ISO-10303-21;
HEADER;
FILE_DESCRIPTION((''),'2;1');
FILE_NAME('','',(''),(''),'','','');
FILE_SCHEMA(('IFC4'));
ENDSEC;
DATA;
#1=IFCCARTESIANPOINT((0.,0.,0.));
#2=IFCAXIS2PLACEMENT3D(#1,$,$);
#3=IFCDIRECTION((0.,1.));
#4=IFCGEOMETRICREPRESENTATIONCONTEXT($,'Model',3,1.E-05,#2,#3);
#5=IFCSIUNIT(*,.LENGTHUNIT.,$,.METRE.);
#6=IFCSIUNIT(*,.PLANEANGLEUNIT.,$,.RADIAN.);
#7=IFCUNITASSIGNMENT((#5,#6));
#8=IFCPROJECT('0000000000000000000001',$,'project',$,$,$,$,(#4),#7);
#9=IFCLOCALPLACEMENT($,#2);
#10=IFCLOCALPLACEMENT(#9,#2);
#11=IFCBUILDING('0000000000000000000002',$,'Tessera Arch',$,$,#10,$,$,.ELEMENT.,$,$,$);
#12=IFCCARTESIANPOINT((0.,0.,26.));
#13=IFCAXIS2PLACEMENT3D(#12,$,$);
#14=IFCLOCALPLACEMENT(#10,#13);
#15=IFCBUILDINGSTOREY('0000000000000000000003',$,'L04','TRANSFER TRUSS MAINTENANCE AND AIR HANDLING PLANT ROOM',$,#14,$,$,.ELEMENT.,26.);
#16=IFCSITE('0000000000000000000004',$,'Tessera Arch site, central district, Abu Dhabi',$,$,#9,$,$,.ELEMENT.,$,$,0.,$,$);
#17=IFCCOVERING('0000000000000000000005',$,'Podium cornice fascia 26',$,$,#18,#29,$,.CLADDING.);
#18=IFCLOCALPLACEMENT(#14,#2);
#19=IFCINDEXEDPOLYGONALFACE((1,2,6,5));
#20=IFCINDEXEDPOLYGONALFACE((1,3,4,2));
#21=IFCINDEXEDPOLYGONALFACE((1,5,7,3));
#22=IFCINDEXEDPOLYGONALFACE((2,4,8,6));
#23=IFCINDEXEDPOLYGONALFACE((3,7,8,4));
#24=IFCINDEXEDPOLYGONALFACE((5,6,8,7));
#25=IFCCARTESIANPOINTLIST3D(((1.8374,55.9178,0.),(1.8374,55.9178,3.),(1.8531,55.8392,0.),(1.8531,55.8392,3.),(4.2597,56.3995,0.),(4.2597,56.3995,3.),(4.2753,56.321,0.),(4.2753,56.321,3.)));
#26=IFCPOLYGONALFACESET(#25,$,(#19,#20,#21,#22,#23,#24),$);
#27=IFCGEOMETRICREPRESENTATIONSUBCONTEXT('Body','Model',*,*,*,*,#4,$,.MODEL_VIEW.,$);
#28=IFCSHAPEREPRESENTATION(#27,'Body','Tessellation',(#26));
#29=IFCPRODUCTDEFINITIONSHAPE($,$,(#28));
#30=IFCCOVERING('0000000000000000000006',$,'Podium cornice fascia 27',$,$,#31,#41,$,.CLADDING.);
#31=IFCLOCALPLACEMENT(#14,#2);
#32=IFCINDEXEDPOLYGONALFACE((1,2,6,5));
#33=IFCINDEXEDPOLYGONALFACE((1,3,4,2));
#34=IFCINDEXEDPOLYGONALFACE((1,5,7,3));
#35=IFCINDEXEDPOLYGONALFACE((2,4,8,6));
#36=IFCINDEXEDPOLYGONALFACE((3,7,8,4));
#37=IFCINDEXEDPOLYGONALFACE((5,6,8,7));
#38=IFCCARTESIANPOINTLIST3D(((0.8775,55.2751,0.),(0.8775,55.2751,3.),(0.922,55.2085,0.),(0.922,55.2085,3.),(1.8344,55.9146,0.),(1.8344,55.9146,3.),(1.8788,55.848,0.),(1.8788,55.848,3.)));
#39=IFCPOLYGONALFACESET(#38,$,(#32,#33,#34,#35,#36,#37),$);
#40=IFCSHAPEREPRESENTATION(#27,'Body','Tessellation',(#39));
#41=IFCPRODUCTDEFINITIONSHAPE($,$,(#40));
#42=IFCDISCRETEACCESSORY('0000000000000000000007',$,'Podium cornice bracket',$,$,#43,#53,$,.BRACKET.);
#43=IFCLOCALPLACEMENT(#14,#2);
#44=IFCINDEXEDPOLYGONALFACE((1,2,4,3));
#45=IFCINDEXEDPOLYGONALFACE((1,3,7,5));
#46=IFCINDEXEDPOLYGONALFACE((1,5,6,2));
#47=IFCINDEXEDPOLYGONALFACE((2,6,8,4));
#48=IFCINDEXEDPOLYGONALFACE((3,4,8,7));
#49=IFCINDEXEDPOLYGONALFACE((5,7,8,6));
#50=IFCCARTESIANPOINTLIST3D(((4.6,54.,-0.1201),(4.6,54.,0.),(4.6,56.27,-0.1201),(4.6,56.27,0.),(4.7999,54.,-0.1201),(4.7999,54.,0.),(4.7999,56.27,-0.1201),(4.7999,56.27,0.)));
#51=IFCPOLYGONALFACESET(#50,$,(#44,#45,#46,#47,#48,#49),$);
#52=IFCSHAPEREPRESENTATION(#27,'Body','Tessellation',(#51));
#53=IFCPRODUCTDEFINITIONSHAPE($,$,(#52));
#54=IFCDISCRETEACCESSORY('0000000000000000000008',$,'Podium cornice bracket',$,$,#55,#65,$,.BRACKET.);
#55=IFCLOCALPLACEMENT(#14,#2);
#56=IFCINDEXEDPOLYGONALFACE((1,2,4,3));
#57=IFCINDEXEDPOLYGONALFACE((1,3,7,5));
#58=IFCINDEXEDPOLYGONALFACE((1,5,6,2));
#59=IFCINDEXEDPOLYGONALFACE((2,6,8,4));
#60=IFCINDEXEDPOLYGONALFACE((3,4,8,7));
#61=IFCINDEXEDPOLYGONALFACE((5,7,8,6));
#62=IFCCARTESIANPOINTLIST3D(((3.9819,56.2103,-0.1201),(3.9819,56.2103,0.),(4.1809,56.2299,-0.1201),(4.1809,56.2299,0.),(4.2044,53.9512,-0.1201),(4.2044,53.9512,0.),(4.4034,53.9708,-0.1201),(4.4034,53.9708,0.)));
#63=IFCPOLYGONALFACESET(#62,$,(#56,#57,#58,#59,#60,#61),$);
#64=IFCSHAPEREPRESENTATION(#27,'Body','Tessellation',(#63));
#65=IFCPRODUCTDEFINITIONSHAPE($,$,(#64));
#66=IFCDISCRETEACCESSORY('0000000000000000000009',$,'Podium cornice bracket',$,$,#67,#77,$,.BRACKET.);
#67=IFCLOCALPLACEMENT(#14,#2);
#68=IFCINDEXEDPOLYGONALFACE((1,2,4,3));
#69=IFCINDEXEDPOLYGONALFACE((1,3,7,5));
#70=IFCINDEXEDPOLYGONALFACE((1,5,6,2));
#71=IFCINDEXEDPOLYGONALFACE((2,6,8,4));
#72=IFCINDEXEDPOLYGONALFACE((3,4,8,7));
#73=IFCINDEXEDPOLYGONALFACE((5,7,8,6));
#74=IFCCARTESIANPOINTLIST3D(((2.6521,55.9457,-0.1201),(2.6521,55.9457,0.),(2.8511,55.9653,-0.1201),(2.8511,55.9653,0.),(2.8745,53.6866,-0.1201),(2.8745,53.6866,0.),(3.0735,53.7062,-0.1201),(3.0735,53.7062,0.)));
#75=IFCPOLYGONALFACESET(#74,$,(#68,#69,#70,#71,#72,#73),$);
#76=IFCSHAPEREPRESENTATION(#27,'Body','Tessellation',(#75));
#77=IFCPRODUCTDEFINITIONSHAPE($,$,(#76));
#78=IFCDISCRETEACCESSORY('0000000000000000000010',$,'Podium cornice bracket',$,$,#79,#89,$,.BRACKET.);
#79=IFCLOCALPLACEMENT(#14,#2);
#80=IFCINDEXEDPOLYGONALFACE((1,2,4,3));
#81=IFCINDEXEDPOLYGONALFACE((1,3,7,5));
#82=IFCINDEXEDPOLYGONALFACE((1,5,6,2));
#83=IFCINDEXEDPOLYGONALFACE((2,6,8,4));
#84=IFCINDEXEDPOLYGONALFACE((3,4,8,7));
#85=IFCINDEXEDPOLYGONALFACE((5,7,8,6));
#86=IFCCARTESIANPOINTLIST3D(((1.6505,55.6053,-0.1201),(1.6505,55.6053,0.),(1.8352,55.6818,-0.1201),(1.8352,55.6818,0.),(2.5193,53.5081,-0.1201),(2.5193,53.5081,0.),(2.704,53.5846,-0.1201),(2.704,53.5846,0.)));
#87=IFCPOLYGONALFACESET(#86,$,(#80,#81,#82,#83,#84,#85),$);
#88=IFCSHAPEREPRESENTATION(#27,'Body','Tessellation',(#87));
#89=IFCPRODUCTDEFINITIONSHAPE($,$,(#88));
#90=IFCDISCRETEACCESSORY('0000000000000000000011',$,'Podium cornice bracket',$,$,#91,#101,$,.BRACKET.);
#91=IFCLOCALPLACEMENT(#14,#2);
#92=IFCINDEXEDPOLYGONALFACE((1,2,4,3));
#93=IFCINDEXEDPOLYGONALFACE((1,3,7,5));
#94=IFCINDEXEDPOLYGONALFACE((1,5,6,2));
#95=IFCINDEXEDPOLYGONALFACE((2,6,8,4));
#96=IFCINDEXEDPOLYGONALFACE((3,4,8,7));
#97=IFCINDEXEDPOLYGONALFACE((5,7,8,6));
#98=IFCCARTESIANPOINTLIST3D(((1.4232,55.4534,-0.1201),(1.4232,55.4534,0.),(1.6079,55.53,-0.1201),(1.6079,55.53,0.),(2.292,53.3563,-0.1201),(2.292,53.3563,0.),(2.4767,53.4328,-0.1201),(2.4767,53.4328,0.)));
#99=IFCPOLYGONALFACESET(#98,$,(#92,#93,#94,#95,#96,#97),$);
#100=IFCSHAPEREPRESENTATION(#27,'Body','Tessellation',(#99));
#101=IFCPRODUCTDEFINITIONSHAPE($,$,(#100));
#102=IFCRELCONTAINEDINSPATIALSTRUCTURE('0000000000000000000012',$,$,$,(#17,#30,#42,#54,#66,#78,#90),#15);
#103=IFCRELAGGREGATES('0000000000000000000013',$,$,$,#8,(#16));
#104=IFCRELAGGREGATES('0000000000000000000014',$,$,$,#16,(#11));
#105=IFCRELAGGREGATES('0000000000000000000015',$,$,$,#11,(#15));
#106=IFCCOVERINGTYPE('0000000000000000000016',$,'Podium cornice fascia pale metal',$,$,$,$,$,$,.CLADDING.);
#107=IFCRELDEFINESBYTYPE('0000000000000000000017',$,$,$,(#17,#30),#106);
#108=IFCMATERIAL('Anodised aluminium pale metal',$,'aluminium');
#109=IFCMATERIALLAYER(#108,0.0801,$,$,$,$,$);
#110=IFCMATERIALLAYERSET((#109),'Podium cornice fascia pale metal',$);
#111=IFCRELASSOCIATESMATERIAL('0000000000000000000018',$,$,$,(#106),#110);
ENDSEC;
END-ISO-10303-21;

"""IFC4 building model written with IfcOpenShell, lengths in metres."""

from ifc_helpers import new_model, si_unit, direction, frame, origin, origin_2d, place, context, subcontext, project, spatial, rectangle, extrude, material, layer, layer_set, type_object, element, save


model = new_model("IFC4")

# Units and contexts
model_context = context("Model", 3, precision=1e-05, world=origin(), true_north=direction((0.0, 1.0)))
body_context = subcontext(model_context, "Body", "Model", "MODEL_VIEW")
ifc_project = project(units=[si_unit("LENGTHUNIT", "METRE"), si_unit("PLANEANGLEUNIT", "RADIAN")], contexts=[model_context])

# Site, building, storey
site_placement = place(None, origin())
site = spatial("IfcSite", under=ifc_project, at=site_placement, Name="Tessera Arch site, central district, Abu Dhabi", CompositionType="ELEMENT", RefElevation=0.0)
building_placement = place(site_placement, origin())
building = spatial("IfcBuilding", under=site, at=building_placement, Name="Tessera Arch", CompositionType="ELEMENT")
storey_placement = place(building_placement, frame((0.0, 0.0, 26.0)))
storey = spatial("IfcBuildingStorey", under=building, at=storey_placement, Name="L04", Description="TRANSFER TRUSS MAINTENANCE AND AIR HANDLING PLANT ROOM", CompositionType="ELEMENT", Elevation=26.0)

# Coverings
ifc_material_1 = material(Name="Anodised aluminium pale metal", Category="aluminium")
ifc_layer_1 = layer(ifc_material_1, 0.0801)
ifc_layer_set_1 = layer_set([ifc_layer_1], Name="Podium cornice fascia pale metal")
covering_type = type_object("IfcCoveringType", Name="Podium cornice fascia pale metal", PredefinedType="CLADDING", material=ifc_layer_set_1)
covering_1_placement = place(storey_placement, frame((3.0564, 56.1194, 0.0), z_axis=(0.0, 0.0, 1.0), x_axis=(-0.98079, -0.195065, 0.0)))
element("IfcCovering", 1, at=covering_1_placement, inside=storey, type_object=covering_type, Name="Podium cornice fascia 26", PredefinedType="CLADDING", context=body_context, shape_type="SweptSolid", body=[
    extrude(rectangle(XDim=2.4697, YDim=0.0801, at=origin_2d()), origin(), (0.0, 0.0, 1.0), 3.0),
])
covering_2_placement = place(storey_placement, frame((1.3782, 55.5615, 0.0), z_axis=(0.0, 0.0, 1.0), x_axis=(-0.83141, -0.555659, 0.0)))
element("IfcCovering", 2, at=covering_2_placement, inside=storey, type_object=covering_type, Name="Podium cornice fascia 27", PredefinedType="CLADDING", context=body_context, shape_type="SweptSolid", body=[
    extrude(rectangle(XDim=1.1509, YDim=0.0801, at=origin_2d()), origin(), (0.0, 0.0, 1.0), 3.0),
])

# Discrete accessories
for number, where, z_axis, x_axis, name in (
    (3, (4.7, 55.135, -0.1201), (0.0, 0.0, 1.0), (0.0, 1.0, 0.0), "Podium cornice bracket"),
    (4, (4.1926, 55.0906, -0.1201), (0.0, 0.0, 1.0), (-0.098004, 0.995186, 0.0), "Podium cornice bracket"),
    (5, (2.8628, 54.8259, -0.1201), (0.0, 0.0, 1.0), (-0.098004, 0.995186, 0.0), "Podium cornice bracket"),
    (6, (2.1772, 54.595, -0.1201), (0.0, 0.0, 1.0), (-0.382721, 0.923864, 0.0), "Podium cornice bracket"),
    (7, (1.95, 54.4431, -0.1201), (0.0, 0.0, 1.0), (-0.382721, 0.923864, 0.0), "Podium cornice bracket"),
):
    element("IfcDiscreteAccessory", number, at=place(storey_placement, frame(where, z_axis=z_axis, x_axis=x_axis)), inside=storey, Name=name, PredefinedType="BRACKET", context=body_context, shape_type="SweptSolid", body=[
        extrude(rectangle(XDim=2.27, YDim=0.2, at=origin_2d()), origin(), (0.0, 0.0, 1.0), 0.1201),
    ])

save(model, "model.ifc")
